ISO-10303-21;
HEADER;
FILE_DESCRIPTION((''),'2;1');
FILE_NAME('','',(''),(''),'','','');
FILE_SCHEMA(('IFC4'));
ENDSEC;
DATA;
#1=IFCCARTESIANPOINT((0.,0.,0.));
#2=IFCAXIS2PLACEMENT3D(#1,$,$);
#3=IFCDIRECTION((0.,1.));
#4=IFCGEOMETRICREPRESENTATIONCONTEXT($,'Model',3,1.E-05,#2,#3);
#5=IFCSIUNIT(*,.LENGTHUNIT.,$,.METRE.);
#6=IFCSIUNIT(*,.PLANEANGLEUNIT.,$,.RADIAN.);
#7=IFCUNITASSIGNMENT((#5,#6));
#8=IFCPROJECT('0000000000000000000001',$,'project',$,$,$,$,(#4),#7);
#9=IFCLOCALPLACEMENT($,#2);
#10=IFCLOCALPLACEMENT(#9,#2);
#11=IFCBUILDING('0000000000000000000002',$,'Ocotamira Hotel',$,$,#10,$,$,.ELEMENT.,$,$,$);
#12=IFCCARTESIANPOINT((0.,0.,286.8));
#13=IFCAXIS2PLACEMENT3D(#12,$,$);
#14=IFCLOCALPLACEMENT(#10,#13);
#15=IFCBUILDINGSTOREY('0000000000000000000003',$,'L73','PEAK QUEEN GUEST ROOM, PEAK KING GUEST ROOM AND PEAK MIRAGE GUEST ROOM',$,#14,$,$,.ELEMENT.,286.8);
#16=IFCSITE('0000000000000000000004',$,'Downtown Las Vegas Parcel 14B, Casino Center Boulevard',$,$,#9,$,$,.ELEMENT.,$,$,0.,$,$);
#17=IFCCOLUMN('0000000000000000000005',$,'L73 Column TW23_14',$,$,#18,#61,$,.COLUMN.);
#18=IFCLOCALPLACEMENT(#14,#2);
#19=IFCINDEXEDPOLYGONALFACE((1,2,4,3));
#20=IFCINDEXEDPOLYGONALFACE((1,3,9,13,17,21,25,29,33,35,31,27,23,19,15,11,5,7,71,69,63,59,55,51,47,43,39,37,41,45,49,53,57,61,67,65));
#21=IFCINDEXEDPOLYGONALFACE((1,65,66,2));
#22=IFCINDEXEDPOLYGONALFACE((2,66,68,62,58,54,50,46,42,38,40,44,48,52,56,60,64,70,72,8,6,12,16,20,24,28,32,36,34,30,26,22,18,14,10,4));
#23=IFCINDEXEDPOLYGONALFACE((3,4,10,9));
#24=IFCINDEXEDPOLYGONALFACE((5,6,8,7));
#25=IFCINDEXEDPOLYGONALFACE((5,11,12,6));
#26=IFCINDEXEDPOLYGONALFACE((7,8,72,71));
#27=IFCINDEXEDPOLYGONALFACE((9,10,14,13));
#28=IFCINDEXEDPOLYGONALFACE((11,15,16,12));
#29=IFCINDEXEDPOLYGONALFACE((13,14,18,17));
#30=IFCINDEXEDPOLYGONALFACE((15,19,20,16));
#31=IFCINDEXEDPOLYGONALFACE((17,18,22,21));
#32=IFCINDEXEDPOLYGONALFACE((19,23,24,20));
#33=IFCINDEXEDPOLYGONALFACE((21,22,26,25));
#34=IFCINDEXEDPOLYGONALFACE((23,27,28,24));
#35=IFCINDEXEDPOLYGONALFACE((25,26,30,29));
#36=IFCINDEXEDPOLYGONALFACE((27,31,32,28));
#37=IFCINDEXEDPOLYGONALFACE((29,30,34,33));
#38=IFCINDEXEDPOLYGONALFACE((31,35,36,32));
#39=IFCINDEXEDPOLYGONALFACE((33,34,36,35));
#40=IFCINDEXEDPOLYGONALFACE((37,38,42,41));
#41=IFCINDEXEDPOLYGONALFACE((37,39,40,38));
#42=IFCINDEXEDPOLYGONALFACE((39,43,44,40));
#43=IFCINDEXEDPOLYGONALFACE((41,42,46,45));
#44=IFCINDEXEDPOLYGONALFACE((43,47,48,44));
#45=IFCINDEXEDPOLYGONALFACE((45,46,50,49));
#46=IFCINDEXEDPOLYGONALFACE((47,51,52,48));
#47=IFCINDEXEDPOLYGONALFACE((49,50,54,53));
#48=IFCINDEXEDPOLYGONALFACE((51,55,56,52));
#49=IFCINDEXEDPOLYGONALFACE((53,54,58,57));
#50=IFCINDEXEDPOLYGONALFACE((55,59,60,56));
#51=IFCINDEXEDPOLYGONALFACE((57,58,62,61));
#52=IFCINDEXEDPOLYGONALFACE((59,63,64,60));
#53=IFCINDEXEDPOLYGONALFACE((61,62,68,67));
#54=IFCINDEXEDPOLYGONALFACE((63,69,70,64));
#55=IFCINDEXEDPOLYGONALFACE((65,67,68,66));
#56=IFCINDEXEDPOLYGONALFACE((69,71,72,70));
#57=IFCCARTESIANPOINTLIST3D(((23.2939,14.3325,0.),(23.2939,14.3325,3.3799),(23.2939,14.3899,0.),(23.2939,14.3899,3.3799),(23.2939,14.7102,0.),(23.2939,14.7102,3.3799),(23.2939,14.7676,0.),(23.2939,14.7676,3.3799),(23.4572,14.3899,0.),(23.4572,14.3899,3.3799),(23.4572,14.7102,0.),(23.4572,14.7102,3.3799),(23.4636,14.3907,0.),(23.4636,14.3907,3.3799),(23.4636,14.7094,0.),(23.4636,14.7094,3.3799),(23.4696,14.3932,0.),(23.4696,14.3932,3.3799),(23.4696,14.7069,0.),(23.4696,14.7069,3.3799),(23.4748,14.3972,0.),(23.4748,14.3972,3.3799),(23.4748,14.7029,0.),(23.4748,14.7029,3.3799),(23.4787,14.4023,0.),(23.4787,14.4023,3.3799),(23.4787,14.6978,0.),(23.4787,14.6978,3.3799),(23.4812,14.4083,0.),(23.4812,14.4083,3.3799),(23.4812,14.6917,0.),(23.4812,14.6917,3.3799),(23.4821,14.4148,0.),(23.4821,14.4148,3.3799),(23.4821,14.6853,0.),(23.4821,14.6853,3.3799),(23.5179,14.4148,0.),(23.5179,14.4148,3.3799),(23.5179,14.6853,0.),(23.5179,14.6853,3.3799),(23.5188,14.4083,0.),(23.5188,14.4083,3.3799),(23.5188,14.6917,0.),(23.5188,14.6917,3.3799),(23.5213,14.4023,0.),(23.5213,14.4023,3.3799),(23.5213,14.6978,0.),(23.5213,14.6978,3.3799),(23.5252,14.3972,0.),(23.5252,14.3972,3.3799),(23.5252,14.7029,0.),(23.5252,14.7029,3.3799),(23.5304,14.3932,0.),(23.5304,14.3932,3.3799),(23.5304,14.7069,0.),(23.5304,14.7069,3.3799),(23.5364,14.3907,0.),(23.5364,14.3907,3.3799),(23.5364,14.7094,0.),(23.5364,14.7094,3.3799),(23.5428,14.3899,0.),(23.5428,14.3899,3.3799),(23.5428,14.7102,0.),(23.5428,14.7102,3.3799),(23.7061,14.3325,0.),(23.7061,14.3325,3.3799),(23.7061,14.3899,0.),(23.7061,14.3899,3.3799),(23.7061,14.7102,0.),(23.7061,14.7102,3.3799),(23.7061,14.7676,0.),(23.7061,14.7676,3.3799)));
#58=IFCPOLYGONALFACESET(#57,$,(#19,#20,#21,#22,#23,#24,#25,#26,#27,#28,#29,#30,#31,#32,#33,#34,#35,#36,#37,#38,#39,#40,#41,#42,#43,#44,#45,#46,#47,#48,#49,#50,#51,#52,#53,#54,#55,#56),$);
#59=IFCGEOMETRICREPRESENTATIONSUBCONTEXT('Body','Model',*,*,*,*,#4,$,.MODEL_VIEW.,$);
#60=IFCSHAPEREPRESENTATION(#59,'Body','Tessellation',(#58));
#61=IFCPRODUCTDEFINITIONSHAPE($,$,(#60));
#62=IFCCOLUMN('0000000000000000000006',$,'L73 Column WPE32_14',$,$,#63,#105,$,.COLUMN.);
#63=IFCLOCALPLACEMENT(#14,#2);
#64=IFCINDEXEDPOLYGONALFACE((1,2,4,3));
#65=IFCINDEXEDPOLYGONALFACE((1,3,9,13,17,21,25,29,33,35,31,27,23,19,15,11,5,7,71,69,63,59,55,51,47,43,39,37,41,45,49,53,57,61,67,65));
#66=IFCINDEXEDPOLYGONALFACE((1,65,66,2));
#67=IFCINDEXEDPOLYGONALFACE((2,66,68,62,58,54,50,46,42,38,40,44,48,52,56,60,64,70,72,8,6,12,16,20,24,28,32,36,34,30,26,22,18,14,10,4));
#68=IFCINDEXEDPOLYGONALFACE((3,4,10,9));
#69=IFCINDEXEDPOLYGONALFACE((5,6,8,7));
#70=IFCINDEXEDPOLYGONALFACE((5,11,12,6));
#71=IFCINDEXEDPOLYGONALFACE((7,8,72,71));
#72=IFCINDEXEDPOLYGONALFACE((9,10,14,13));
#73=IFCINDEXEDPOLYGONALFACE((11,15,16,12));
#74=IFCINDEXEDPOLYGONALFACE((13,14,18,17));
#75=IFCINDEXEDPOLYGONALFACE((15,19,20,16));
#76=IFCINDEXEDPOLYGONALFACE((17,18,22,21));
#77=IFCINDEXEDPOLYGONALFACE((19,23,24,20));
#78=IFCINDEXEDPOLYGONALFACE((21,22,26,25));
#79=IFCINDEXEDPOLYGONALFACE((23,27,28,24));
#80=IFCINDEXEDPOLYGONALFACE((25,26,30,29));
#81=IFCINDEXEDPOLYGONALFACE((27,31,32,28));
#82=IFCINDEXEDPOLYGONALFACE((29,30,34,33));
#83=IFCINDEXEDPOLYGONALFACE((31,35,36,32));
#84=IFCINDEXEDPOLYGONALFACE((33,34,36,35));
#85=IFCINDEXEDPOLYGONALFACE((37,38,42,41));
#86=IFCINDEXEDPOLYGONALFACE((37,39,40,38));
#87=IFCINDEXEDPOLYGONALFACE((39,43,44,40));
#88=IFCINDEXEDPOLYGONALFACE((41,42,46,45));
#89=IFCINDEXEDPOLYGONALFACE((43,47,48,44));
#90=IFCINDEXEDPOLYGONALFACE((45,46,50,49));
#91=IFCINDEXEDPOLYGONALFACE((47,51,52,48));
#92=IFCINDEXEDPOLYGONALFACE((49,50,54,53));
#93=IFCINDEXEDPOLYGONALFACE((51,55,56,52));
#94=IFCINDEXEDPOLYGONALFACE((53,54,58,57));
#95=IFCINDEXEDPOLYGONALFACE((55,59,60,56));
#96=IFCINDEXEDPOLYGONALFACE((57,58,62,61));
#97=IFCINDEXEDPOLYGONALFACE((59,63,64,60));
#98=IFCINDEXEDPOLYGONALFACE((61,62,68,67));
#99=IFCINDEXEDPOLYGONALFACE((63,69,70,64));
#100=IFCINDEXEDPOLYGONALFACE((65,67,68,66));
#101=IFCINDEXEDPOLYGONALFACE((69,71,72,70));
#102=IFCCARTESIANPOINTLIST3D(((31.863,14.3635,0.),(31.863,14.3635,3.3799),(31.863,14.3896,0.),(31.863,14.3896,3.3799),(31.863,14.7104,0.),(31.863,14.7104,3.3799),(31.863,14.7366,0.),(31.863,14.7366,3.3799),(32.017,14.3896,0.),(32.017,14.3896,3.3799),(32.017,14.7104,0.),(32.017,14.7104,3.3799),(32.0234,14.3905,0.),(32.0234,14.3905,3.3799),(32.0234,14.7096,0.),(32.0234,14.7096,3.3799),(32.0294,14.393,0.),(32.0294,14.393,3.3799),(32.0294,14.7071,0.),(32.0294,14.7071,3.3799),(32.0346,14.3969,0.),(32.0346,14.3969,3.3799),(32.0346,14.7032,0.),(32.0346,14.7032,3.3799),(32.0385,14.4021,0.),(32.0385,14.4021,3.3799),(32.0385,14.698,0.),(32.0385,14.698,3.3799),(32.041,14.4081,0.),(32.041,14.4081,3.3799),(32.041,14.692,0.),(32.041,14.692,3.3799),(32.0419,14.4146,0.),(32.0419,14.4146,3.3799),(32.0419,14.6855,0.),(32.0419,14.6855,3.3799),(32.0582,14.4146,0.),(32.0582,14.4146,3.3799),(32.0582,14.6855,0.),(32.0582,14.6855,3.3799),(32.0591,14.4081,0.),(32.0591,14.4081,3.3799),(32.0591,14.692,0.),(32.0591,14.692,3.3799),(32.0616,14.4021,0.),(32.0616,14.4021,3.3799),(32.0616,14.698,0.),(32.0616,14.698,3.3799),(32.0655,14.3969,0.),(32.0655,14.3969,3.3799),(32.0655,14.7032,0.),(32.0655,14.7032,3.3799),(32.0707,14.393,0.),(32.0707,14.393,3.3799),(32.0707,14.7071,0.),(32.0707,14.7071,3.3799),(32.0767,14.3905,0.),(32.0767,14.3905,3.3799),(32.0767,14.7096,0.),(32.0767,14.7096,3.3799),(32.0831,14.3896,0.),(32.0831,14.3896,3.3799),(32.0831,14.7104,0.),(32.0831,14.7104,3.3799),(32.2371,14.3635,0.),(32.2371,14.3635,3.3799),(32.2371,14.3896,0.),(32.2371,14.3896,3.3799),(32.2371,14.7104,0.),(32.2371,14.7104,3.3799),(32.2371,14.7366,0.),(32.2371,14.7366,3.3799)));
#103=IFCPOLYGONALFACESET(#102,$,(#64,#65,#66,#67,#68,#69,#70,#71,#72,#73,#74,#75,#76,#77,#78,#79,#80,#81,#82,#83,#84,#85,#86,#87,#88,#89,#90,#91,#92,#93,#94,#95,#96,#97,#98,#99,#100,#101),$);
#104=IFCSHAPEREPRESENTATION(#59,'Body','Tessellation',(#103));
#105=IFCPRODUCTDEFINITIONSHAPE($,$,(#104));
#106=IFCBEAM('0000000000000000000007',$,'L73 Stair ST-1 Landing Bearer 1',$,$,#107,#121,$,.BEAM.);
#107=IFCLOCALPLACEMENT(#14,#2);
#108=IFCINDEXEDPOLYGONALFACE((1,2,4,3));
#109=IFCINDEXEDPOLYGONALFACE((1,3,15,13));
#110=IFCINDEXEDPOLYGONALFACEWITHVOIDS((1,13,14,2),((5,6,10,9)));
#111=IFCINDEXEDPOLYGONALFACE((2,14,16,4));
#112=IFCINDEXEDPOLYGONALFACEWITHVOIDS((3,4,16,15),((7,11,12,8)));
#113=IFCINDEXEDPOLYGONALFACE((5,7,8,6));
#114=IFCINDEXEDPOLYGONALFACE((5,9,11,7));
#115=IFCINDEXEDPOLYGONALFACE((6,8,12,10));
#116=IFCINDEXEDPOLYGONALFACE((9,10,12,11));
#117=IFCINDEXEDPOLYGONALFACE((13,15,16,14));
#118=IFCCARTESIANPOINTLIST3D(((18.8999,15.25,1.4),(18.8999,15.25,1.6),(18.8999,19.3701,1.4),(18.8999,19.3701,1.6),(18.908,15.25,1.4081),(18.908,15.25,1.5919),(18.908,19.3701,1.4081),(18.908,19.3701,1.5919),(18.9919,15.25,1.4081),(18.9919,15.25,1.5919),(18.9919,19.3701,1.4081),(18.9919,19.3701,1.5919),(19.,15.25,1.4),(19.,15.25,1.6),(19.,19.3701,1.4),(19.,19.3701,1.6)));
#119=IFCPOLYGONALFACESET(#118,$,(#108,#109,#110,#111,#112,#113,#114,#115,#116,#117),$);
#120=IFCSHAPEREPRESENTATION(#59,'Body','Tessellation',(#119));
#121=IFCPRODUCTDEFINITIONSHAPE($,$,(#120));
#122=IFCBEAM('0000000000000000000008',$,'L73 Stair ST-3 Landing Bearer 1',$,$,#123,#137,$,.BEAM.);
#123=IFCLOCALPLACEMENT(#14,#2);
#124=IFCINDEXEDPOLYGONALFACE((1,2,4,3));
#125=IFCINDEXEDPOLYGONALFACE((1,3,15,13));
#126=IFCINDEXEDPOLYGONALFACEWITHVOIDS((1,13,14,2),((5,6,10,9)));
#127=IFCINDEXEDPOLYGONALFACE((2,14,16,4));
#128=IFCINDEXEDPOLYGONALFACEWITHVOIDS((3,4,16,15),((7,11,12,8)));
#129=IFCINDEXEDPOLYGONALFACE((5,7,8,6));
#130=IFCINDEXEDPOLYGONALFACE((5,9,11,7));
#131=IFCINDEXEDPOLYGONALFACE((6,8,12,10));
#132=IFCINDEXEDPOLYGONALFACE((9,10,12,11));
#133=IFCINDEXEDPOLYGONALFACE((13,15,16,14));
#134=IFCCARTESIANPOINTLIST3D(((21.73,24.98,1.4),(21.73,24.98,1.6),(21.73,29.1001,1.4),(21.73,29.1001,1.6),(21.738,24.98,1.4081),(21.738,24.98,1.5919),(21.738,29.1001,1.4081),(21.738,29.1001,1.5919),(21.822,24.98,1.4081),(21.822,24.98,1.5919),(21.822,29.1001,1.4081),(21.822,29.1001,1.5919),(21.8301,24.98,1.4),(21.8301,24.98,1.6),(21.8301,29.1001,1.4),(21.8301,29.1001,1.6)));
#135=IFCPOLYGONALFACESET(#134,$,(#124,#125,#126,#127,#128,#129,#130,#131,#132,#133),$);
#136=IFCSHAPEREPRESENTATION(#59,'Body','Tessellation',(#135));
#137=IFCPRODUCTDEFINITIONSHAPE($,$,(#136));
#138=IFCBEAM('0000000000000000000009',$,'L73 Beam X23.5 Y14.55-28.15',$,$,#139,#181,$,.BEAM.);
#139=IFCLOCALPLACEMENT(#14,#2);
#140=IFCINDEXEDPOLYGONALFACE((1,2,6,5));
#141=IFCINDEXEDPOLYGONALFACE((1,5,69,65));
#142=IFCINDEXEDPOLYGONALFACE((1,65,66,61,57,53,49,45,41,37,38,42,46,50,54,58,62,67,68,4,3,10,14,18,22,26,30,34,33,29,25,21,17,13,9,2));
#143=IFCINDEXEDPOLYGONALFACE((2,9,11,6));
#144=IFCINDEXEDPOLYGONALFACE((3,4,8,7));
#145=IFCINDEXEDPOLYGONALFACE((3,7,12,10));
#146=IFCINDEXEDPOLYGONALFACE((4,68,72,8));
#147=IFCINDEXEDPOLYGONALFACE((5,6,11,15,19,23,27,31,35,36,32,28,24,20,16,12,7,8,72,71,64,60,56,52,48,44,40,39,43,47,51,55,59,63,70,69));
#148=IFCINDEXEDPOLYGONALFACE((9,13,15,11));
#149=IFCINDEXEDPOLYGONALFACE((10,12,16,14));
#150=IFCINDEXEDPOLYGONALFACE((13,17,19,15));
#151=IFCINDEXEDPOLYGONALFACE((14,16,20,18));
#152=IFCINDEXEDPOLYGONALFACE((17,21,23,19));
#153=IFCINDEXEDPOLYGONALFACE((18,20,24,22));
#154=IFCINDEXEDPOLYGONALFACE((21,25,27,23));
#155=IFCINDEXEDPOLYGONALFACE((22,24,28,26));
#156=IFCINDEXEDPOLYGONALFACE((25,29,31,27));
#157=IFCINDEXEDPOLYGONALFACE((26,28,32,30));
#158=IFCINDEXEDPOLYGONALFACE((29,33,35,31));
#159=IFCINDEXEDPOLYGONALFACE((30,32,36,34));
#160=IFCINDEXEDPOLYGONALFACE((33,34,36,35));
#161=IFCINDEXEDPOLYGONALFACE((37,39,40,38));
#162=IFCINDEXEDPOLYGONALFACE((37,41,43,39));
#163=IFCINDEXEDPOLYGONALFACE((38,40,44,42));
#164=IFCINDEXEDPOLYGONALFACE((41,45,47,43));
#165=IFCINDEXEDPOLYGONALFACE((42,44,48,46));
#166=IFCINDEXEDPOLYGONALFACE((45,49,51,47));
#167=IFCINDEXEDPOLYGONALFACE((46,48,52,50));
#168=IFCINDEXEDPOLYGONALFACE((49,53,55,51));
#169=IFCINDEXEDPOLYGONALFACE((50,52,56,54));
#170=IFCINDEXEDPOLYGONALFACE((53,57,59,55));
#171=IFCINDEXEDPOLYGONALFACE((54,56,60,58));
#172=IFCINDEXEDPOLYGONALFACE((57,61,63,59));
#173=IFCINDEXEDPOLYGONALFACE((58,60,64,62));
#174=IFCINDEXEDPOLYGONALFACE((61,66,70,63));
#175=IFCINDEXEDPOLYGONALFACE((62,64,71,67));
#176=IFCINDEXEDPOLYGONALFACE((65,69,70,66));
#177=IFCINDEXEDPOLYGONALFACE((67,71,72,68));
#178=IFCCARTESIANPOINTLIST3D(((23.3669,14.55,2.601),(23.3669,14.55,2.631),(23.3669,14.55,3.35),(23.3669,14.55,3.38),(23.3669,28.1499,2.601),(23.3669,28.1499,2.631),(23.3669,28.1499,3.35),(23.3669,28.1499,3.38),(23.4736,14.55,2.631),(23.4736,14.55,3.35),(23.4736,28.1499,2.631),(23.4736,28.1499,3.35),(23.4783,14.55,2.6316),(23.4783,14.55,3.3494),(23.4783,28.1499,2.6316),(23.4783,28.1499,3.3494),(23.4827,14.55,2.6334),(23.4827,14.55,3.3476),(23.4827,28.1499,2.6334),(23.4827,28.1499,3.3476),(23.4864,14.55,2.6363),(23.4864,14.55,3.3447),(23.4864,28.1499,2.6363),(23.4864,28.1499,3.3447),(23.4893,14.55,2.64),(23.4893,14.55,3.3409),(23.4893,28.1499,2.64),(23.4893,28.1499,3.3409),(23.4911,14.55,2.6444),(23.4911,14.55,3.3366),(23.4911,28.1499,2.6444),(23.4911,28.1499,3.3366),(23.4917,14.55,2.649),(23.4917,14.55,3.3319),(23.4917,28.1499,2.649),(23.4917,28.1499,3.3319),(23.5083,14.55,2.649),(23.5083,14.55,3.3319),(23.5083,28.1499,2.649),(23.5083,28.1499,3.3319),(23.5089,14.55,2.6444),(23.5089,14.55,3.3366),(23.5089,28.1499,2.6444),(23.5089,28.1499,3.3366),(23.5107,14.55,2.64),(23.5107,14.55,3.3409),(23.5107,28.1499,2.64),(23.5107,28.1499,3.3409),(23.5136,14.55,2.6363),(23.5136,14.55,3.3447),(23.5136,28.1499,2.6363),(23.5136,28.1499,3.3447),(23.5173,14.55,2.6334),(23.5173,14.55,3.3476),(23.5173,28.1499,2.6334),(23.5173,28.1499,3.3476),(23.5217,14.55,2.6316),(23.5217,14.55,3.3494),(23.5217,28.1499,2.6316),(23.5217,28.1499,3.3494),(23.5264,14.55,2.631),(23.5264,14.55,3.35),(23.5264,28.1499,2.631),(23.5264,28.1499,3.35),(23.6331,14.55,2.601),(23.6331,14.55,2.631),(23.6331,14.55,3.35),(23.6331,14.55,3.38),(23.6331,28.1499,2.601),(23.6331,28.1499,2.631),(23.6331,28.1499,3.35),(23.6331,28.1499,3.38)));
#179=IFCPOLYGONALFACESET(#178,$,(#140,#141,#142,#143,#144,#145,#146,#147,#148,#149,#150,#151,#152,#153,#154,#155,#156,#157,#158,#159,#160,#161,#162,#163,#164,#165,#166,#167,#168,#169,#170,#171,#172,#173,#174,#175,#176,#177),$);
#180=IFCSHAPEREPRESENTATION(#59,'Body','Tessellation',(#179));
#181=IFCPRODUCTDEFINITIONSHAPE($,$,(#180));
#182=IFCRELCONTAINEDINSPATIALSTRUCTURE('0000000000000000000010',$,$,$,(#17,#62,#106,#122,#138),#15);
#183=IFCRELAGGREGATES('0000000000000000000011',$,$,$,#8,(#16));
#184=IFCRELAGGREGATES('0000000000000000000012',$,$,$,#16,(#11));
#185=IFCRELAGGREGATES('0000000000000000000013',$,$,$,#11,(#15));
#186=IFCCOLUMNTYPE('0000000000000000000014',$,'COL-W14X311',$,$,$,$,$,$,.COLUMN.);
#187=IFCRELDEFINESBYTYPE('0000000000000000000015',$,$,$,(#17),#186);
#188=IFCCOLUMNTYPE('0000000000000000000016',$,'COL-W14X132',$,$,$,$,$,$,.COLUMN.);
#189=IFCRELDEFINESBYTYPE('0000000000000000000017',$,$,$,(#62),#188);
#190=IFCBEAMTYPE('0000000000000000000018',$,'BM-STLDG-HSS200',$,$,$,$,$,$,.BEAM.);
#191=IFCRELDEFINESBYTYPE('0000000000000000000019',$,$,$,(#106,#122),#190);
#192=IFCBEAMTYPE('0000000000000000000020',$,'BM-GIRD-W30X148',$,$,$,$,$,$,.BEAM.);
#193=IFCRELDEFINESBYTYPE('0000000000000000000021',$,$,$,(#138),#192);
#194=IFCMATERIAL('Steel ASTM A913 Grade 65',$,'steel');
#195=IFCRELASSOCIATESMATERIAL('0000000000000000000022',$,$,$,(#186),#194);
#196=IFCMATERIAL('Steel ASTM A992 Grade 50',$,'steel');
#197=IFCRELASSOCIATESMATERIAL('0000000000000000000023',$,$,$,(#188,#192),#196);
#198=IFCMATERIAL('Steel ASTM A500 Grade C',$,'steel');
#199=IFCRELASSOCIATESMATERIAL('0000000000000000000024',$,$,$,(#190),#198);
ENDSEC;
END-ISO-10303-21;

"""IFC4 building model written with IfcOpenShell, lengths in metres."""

from ifc_helpers import new_model, si_unit, direction, frame, origin, origin_2d, place, context, subcontext, project, spatial, hollow_rectangle, i_section, extrude, source, transform, mapped, material, material_profile, profile_set, type_object, element, save


model = new_model("IFC4")

# Units and contexts
model_context = context("Model", 3, precision=1e-05, world=origin(), true_north=direction((0.0, 1.0)))
body_context = subcontext(model_context, "Body", "Model", "MODEL_VIEW")
ifc_project = project(units=[si_unit("LENGTHUNIT", "METRE"), si_unit("PLANEANGLEUNIT", "RADIAN")], contexts=[model_context])

# Site, building, storey
site_placement = place(None, origin())
site = spatial("IfcSite", under=ifc_project, at=site_placement, Name="Downtown Las Vegas Parcel 14B, Casino Center Boulevard", CompositionType="ELEMENT", RefElevation=0.0)
building_placement = place(site_placement, origin())
building = spatial("IfcBuilding", under=site, at=building_placement, Name="Ocotamira Hotel", CompositionType="ELEMENT")
storey_placement = place(building_placement, frame((0.0, 0.0, 286.8)))
storey = spatial("IfcBuildingStorey", under=building, at=storey_placement, Name="L73", Description="PEAK QUEEN GUEST ROOM, PEAK KING GUEST ROOM AND PEAK MIRAGE GUEST ROOM", CompositionType="ELEMENT", Elevation=286.8)

# Columns
ifc_material_1 = material(Name="Steel ASTM A913 Grade 65", Category="steel")
ifc_material_profile_1 = material_profile(ifc_material_1, i_section(OverallWidth=0.4121, OverallDepth=0.4351, WebThickness=0.0359, FlangeThickness=0.0574, FilletRadius=0.0249, at=origin_2d()), Name="W14X311")
ifc_profile_set_1 = profile_set([ifc_material_profile_1], Name="Steel ASTM A913 Grade 65")
column_type_1 = type_object("IfcColumnType", Name="COL-W14X311", PredefinedType="COLUMN", material=ifc_profile_set_1)
shared_shape_1 = source(origin(), body_context, "Body", "SweptSolid", [
    extrude(i_section(OverallWidth=0.4121, OverallDepth=0.4351, WebThickness=0.0359, FlangeThickness=0.0574, FilletRadius=0.0249, at=origin_2d()), origin(), (0.0, 0.0, 1.0), 3.3799),
])
column_1_placement = place(storey_placement, frame((23.5, 14.55, 0.0), z_axis=(0.0, 0.0, 1.0), x_axis=(1.0, 0.0, 0.0)))
element("IfcColumn", 1, at=column_1_placement, inside=storey, type_object=column_type_1, Name="L73 Column TW23_14", PredefinedType="COLUMN", context=body_context, shape_type="MappedRepresentation", body=[
    mapped(shared_shape_1, transform((0.0, 0.0, 0.0), scale=1.0)),
])
ifc_material_2 = material(Name="Steel ASTM A992 Grade 50", Category="steel")
ifc_material_profile_2 = material_profile(ifc_material_2, i_section(OverallWidth=0.374, OverallDepth=0.373, WebThickness=0.0164, FlangeThickness=0.0261, FilletRadius=0.0249, at=origin_2d()), Name="W14X132")
ifc_profile_set_2 = profile_set([ifc_material_profile_2], Name="Steel ASTM A992 Grade 50")
column_type_2 = type_object("IfcColumnType", Name="COL-W14X132", PredefinedType="COLUMN", material=ifc_profile_set_2)
shared_shape_2 = source(origin(), body_context, "Body", "SweptSolid", [
    extrude(i_section(OverallWidth=0.374, OverallDepth=0.373, WebThickness=0.0164, FlangeThickness=0.0261, FilletRadius=0.0249, at=origin_2d()), origin(), (0.0, 0.0, 1.0), 3.3799),
])
column_2_placement = place(storey_placement, frame((32.05, 14.55, 0.0), z_axis=(0.0, 0.0, 1.0), x_axis=(1.0, 0.0, 0.0)))
element("IfcColumn", 2, at=column_2_placement, inside=storey, type_object=column_type_2, Name="L73 Column WPE32_14", PredefinedType="COLUMN", context=body_context, shape_type="MappedRepresentation", body=[
    mapped(shared_shape_2, transform((0.0, 0.0, 0.0), scale=1.0)),
])

# Beams
ifc_material_3 = material(Name="Steel ASTM A500 Grade C", Category="steel")
ifc_material_profile_3 = material_profile(ifc_material_3, hollow_rectangle(XDim=0.1001, YDim=0.2, WallThickness=0.0081, at=origin_2d()), Name="HSS200X100X8")
ifc_profile_set_3 = profile_set([ifc_material_profile_3], Name="Steel ASTM A500 Grade C")
beam_type_1 = type_object("IfcBeamType", Name="BM-STLDG-HSS200", PredefinedType="BEAM", material=ifc_profile_set_3)
shared_shape_3 = source(origin(), body_context, "Body", "SweptSolid", [
    extrude(hollow_rectangle(XDim=0.1001, YDim=0.2, WallThickness=0.0081, at=origin_2d()), origin(), (0.0, 0.0, 1.0), 4.1201),
])
for number, where, z_axis, x_axis, name in (
    (3, (18.95, 15.25, 1.5), (0.0, 1.0, 0.0), (-1.0, 0.0, 0.0), "L73 Stair ST-1 Landing Bearer 1"),
    (4, (21.78, 24.98, 1.5), (0.0, 1.0, 0.0), (-1.0, 0.0, 0.0), "L73 Stair ST-3 Landing Bearer 1"),
):
    element("IfcBeam", number, at=place(storey_placement, frame(where, z_axis=z_axis, x_axis=x_axis)), inside=storey, type_object=beam_type_1, Name=name, PredefinedType="BEAM", context=body_context, shape_type="MappedRepresentation", body=[
        mapped(shared_shape_3, transform((0.0, 0.0, 0.0), scale=1.0)),
    ])
ifc_material_profile_4 = material_profile(ifc_material_2, i_section(OverallWidth=0.2661, OverallDepth=0.7791, WebThickness=0.0166, FlangeThickness=0.03, FilletRadius=0.0181, at=origin_2d()), Name="W30X148")
ifc_profile_set_4 = profile_set([ifc_material_profile_4], Name="Steel ASTM A992 Grade 50")
beam_type_2 = type_object("IfcBeamType", Name="BM-GIRD-W30X148", PredefinedType="BEAM", material=ifc_profile_set_4)
shared_shape_4 = source(origin(), body_context, "Body", "SweptSolid", [
    extrude(i_section(OverallWidth=0.2661, OverallDepth=0.7791, WebThickness=0.0166, FlangeThickness=0.03, FilletRadius=0.0181, at=origin_2d()), origin(), (0.0, 0.0, 1.0), 13.5999),
])
for number, where, z_axis, x_axis, name in (
    (5, (23.5, 14.55, 2.9905), (0.0, 1.0, 0.0), (-1.0, 0.0, 0.0), "L73 Beam X23.5 Y14.55-28.15"),
):
    element("IfcBeam", number, at=place(storey_placement, frame(where, z_axis=z_axis, x_axis=x_axis)), inside=storey, type_object=beam_type_2, Name=name, PredefinedType="BEAM", context=body_context, shape_type="MappedRepresentation", body=[
        mapped(shared_shape_4, transform((0.0, 0.0, 0.0), scale=1.0)),
    ])

save(model, "model.ifc")
